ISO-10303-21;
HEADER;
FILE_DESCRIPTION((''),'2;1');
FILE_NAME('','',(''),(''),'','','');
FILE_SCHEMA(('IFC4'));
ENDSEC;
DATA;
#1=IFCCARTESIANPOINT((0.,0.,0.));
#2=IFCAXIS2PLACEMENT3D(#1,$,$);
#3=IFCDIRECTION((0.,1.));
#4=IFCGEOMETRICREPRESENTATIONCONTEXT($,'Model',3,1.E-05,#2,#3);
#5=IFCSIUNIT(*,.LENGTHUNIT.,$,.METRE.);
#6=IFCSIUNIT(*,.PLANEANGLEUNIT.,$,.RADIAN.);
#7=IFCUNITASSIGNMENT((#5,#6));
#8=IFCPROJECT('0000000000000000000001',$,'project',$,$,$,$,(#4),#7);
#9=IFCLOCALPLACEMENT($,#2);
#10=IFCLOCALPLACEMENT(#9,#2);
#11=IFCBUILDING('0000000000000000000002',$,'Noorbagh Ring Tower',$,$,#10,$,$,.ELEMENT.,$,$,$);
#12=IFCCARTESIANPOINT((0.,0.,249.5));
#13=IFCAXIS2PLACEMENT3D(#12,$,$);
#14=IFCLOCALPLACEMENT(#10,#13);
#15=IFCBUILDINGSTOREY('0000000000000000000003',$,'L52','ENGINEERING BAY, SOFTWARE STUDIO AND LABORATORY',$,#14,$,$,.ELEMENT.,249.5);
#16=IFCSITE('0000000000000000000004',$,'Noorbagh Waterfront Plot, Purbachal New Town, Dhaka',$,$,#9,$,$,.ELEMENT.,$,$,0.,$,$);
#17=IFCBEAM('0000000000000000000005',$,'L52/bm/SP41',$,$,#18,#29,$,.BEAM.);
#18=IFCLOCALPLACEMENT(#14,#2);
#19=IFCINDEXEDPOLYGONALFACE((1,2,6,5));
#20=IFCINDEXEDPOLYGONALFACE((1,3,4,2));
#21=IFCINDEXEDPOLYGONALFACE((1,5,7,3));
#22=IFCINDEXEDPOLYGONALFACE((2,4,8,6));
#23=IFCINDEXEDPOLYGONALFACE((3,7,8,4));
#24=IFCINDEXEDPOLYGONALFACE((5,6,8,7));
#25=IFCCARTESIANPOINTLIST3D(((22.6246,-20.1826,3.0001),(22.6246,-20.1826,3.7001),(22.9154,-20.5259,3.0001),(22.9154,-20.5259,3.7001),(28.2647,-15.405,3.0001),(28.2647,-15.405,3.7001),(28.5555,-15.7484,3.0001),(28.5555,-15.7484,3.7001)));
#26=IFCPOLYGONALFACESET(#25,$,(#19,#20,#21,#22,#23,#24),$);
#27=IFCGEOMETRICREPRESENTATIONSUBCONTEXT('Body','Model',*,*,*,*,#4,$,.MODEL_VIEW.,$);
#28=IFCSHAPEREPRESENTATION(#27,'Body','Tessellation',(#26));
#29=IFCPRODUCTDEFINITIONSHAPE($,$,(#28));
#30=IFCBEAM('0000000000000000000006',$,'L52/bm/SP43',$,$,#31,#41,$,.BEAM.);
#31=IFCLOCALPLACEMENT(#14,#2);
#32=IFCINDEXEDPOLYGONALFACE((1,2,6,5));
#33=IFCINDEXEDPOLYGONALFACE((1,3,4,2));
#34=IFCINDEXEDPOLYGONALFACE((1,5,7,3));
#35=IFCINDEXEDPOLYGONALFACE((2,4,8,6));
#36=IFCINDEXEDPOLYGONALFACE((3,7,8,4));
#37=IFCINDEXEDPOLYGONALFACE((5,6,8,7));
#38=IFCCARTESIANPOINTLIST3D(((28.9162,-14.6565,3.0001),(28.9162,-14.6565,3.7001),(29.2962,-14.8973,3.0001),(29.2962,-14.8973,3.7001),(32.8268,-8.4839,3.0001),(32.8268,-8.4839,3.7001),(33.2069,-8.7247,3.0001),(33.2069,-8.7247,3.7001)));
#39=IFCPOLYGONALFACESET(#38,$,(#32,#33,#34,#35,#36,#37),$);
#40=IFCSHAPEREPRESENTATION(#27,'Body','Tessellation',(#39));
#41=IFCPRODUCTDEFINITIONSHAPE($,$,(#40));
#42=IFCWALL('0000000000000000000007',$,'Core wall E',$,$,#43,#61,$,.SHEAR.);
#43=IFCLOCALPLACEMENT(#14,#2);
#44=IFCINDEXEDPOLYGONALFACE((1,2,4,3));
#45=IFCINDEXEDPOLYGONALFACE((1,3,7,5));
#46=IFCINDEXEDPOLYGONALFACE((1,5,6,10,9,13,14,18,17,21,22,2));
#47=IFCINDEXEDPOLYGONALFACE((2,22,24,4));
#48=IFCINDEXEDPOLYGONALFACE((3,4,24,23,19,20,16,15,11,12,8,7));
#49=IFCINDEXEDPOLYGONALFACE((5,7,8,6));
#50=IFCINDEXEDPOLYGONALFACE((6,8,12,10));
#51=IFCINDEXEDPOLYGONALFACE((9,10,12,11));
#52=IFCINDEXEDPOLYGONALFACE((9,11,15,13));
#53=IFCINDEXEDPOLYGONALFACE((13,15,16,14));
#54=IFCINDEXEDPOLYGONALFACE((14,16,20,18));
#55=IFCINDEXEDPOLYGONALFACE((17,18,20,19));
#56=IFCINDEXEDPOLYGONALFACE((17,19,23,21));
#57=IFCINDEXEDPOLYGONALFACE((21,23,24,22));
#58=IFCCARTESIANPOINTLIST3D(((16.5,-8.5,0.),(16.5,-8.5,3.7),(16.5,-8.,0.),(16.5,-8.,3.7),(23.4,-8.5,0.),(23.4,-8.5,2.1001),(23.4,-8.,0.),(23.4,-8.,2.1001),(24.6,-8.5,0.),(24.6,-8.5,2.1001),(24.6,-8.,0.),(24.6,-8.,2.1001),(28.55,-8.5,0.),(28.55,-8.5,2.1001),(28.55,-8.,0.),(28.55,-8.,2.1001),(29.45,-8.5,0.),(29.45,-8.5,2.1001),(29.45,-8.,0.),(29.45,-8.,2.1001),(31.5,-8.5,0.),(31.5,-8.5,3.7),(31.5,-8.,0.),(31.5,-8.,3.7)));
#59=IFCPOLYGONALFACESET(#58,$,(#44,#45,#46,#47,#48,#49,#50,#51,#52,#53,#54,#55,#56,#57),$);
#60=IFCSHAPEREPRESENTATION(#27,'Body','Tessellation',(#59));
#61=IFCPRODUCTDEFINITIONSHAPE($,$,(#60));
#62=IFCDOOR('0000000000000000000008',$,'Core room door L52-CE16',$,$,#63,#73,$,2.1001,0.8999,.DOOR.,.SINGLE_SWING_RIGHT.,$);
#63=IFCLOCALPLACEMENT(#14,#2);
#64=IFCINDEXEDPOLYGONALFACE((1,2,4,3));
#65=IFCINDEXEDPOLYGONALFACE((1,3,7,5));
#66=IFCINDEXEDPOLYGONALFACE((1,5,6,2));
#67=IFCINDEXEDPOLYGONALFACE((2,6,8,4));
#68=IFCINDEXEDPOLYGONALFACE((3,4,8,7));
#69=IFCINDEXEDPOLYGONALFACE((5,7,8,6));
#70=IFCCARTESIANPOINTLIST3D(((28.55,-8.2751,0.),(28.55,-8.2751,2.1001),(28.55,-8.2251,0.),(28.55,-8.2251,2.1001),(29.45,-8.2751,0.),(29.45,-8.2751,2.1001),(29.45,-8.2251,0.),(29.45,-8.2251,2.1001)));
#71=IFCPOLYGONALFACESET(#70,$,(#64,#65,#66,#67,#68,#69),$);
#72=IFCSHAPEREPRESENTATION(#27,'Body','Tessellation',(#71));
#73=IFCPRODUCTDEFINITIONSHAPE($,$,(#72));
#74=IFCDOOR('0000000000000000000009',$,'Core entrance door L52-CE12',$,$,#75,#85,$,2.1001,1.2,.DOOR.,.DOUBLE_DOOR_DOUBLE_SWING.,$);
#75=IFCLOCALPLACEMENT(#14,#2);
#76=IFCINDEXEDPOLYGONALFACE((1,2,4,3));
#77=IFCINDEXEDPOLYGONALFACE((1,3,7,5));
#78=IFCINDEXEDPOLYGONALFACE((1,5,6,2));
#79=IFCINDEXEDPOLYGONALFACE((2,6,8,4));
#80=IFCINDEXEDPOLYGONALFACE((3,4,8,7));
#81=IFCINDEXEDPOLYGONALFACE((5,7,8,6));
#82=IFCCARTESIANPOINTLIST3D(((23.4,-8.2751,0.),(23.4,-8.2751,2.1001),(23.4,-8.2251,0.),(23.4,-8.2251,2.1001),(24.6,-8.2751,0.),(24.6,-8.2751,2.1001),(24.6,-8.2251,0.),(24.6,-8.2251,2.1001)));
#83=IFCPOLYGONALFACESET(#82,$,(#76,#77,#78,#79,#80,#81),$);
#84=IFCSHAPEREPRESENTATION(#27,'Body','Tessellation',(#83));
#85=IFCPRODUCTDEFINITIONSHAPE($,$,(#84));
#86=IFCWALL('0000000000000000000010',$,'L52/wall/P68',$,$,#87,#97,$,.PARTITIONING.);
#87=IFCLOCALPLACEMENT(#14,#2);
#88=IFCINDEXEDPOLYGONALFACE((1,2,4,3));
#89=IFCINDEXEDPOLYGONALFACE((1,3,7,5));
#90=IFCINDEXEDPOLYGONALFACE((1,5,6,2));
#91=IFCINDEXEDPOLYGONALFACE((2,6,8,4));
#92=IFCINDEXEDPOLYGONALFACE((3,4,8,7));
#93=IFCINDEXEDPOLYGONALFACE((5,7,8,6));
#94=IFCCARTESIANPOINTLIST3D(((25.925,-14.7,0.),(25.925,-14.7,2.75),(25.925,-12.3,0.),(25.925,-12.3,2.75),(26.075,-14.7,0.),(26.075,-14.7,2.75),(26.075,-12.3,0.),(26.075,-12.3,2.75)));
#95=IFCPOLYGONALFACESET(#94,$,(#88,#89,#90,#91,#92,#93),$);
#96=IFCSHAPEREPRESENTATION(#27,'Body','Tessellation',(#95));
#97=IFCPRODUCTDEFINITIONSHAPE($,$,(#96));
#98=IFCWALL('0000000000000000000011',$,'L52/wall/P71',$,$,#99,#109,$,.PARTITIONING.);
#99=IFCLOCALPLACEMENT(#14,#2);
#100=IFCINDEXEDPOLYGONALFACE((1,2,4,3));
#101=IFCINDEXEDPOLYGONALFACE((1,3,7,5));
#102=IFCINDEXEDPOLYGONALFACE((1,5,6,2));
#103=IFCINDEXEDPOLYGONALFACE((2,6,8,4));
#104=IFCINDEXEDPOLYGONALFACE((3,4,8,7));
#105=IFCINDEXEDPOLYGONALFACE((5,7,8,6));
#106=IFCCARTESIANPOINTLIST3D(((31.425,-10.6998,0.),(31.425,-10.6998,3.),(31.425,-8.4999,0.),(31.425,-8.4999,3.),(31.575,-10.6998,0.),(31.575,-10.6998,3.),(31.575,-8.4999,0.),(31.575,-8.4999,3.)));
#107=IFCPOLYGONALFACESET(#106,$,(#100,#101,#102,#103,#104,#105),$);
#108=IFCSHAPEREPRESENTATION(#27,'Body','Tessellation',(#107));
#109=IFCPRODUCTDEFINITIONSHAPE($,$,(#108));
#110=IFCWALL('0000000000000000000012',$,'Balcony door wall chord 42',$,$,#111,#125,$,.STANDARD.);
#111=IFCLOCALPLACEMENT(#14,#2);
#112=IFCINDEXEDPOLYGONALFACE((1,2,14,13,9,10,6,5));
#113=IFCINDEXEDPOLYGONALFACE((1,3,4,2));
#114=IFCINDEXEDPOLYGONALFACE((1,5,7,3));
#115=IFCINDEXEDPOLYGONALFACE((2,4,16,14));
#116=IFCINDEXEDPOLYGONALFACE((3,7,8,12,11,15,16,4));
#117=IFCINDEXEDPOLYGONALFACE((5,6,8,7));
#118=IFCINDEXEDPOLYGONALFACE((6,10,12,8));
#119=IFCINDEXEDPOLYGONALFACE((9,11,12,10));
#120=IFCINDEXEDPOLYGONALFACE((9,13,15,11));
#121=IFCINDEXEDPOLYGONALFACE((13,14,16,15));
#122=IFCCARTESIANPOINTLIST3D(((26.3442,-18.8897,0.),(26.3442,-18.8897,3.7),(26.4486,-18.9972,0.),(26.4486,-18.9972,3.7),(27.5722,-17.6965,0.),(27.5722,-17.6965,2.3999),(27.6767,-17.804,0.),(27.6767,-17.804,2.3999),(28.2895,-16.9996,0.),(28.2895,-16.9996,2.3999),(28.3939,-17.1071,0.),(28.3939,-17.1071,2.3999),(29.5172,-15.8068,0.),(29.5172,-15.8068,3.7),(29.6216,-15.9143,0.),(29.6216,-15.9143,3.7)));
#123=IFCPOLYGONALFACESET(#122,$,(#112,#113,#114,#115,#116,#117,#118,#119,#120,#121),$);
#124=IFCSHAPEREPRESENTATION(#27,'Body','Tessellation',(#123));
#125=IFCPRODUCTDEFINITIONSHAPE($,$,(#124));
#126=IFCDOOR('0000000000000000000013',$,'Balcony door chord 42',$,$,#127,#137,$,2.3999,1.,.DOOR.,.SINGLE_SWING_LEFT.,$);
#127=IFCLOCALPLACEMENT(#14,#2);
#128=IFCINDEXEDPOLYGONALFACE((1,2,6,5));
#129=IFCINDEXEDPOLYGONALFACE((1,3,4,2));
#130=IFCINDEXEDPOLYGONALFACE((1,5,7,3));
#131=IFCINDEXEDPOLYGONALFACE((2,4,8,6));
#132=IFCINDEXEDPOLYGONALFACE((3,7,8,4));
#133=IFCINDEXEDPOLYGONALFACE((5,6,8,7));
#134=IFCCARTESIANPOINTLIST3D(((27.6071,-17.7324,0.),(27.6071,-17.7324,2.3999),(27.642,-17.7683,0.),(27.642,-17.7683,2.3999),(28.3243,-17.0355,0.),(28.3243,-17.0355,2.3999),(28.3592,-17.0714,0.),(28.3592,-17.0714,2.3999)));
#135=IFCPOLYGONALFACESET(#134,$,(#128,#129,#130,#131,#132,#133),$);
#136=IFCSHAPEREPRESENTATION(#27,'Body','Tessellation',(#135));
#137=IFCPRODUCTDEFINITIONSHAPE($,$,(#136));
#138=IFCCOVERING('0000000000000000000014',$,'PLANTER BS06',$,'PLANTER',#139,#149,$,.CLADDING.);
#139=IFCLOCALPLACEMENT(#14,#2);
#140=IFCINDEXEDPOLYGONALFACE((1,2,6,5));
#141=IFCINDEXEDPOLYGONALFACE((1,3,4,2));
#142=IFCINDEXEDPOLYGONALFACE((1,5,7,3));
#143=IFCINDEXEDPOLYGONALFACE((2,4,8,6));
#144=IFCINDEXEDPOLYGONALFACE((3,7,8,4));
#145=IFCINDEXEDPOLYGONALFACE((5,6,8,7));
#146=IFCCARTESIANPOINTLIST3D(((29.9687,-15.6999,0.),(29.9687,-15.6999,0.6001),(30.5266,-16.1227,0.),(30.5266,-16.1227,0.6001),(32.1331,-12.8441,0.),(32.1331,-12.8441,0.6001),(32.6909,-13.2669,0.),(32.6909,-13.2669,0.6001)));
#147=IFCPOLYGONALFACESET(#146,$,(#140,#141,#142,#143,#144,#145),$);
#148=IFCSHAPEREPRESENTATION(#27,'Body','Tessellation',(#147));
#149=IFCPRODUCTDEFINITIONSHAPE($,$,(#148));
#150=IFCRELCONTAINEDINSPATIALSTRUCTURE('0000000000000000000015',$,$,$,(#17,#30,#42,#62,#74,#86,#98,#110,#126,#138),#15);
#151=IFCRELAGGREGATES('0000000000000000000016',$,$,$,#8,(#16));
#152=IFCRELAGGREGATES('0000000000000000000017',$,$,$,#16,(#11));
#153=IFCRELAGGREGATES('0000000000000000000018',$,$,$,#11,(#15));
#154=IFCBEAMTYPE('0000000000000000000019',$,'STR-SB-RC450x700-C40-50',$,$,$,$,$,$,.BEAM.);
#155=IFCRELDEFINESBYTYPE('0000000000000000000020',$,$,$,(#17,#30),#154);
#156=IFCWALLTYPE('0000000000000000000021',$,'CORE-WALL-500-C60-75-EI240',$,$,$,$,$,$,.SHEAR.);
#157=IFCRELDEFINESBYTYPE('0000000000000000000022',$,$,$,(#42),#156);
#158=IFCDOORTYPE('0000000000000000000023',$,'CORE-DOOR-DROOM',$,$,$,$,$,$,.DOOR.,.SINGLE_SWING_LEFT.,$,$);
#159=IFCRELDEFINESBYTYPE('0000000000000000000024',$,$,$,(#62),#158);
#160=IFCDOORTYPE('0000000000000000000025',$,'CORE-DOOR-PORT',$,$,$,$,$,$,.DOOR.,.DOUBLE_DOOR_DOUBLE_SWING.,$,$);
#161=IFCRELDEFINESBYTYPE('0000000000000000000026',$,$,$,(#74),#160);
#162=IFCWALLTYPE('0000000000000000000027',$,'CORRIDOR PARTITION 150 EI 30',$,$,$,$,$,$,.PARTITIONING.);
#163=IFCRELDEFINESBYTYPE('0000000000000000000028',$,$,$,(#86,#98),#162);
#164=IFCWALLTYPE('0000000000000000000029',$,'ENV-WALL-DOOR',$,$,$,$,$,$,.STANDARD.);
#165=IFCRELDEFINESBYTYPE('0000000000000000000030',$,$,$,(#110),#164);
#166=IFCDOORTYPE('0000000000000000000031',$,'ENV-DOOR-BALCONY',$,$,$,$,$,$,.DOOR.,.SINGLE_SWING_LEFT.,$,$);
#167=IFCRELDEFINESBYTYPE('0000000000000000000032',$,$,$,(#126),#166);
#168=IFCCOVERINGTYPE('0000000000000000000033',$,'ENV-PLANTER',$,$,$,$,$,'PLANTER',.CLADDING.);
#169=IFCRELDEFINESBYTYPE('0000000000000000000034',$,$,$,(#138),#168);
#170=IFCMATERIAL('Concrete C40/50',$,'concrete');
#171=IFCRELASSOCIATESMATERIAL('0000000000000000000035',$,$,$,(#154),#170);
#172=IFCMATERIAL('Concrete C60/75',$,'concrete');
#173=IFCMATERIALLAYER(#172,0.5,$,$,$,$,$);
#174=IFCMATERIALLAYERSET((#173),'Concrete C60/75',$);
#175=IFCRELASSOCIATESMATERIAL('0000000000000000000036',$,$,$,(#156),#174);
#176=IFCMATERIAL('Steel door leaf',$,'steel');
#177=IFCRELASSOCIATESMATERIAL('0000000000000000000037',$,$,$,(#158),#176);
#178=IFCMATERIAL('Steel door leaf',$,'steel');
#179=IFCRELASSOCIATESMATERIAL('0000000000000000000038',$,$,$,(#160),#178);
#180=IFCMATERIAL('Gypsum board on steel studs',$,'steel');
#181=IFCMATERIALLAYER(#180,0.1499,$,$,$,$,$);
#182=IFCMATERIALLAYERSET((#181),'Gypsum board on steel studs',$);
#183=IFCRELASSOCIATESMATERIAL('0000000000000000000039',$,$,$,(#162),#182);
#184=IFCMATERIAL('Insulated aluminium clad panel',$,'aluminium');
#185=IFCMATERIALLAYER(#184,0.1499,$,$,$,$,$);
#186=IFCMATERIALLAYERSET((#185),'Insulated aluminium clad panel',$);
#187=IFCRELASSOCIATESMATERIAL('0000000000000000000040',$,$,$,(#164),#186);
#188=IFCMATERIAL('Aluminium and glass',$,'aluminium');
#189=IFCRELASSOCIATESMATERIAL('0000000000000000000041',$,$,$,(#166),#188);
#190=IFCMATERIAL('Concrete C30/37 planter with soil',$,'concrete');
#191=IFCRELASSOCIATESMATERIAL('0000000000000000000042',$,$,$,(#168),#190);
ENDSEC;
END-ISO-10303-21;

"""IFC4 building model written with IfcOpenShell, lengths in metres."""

from ifc_helpers import new_model, si_unit, direction, frame, frame_2d, origin, origin_2d, place, context, subcontext, project, spatial, rectangle, extrude, material, layer, layer_set, material_profile, profile_set, type_object, element, fill, save


model = new_model("IFC4")

# Units and contexts
model_context = context("Model", 3, precision=1e-05, world=origin(), true_north=direction((0.0, 1.0)))
body_context = subcontext(model_context, "Body", "Model", "MODEL_VIEW")
ifc_project = project(units=[si_unit("LENGTHUNIT", "METRE"), si_unit("PLANEANGLEUNIT", "RADIAN")], contexts=[model_context])

# Site, building, storey
site_placement = place(None, origin())
site = spatial("IfcSite", under=ifc_project, at=site_placement, Name="Noorbagh Waterfront Plot, Purbachal New Town, Dhaka", CompositionType="ELEMENT", RefElevation=0.0)
building_placement = place(site_placement, origin())
building = spatial("IfcBuilding", under=site, at=building_placement, Name="Noorbagh Ring Tower", CompositionType="ELEMENT")
storey_placement = place(building_placement, frame((0.0, 0.0, 249.5)))
storey = spatial("IfcBuildingStorey", under=building, at=storey_placement, Name="L52", Description="ENGINEERING BAY, SOFTWARE STUDIO AND LABORATORY", CompositionType="ELEMENT", Elevation=249.5)

# Beams
ifc_material_1 = material(Name="Concrete C40/50", Category="concrete")
ifc_material_profile_1 = material_profile(ifc_material_1, rectangle(XDim=0.45, YDim=0.7, at=origin_2d()), Name="RC450x700")
ifc_profile_set_1 = profile_set([ifc_material_profile_1], Name="Concrete C40/50")
beam_type_1 = type_object("IfcBeamType", Name="STR-SB-RC450x700-C40-50", PredefinedType="BEAM", material=ifc_profile_set_1)
beam_1_placement = place(storey_placement, frame((22.77, -20.3542, 3.3501), z_axis=(0.763042, 0.646349, 0.0), x_axis=(-0.646349, 0.763042, 0.0)))
element("IfcBeam", 1, at=beam_1_placement, inside=storey, type_object=beam_type_1, Name="L52/bm/SP41", PredefinedType="BEAM", context=body_context, shape_type="SweptSolid", body=[
    extrude(rectangle(XDim=0.45, YDim=0.7, at=origin_2d()), origin(), (0.0, 0.0, 1.0), 7.3916),
])
beam_2_placement = place(storey_placement, frame((29.1062, -14.7769, 3.3501), z_axis=(0.535182, 0.844737, 0.0), x_axis=(-0.844737, 0.535182, 0.0)))
element("IfcBeam", 2, at=beam_2_placement, inside=storey, type_object=beam_type_1, Name="L52/bm/SP43", PredefinedType="BEAM", context=body_context, shape_type="SweptSolid", body=[
    extrude(rectangle(XDim=0.45, YDim=0.7, at=origin_2d()), origin(), (0.0, 0.0, 1.0), 7.3071),
])

# Wall, openings, doors
ifc_material_2 = material(Name="Concrete C60/75", Category="concrete")
ifc_layer_1 = layer(ifc_material_2, 0.5)
ifc_layer_set_1 = layer_set([ifc_layer_1], Name="Concrete C60/75")
wall_type_1 = type_object("IfcWallType", Name="CORE-WALL-500-C60-75-EI240", PredefinedType="SHEAR", material=ifc_layer_set_1)
wall_1_placement = place(storey_placement, frame((16.5, -8.25, 0.0), z_axis=(0.0, 0.0, 1.0), x_axis=(1.0, 0.0, 0.0)))
wall_1 = element("IfcWall", 3, at=wall_1_placement, inside=storey, type_object=wall_type_1, Name="Core wall E", PredefinedType="SHEAR", context=body_context, shape_type="SweptSolid", body=[
    extrude(rectangle(XDim=15.0, YDim=0.5, at=frame_2d((7.5, 0.0))), origin(), (0.0, 0.0, 1.0), 3.7),
])
opening_1_placement = place(wall_1_placement, frame((6.8999, 0.0, 0.0)))
opening_1 = element("IfcOpeningElement", 4, at=opening_1_placement, cuts=wall_1, PredefinedType="OPENING", context=body_context, shape_type="SweptSolid", body=[
    extrude(rectangle(XDim=1.2, YDim=2.1001, at=frame_2d((0.6001, 1.05))), frame((0.0, 0.26, 0.0), z_axis=(0.0, -1.0, 0.0), x_axis=(1.0, 0.0, 0.0)), (0.0, 0.0, 1.0), 0.52),
])
opening_2_placement = place(wall_1_placement, frame((12.05, 0.0, 0.0)))
opening_2 = element("IfcOpeningElement", 5, at=opening_2_placement, cuts=wall_1, PredefinedType="OPENING", context=body_context, shape_type="SweptSolid", body=[
    extrude(rectangle(XDim=0.8999, YDim=2.1001, at=frame_2d((0.45, 1.05))), frame((0.0, 0.26, 0.0), z_axis=(0.0, -1.0, 0.0), x_axis=(1.0, 0.0, 0.0)), (0.0, 0.0, 1.0), 0.52),
])
ifc_material_3 = material(Name="Steel door leaf", Category="steel")
door_type_1 = type_object("IfcDoorType", Name="CORE-DOOR-DROOM", OperationType="SINGLE_SWING_LEFT", PredefinedType="DOOR", material=ifc_material_3)
door_1_placement = place(opening_2_placement, origin())
door_1 = element("IfcDoor", 6, at=door_1_placement, inside=storey, type_object=door_type_1, Name="Core room door L52-CE16", OperationType="SINGLE_SWING_RIGHT", OverallHeight=2.1001, OverallWidth=0.8999, PredefinedType="DOOR", context=body_context, shape_type="SweptSolid", body=[
    extrude(rectangle(XDim=0.8999, YDim=2.1001, at=frame_2d((0.45, 1.05))), frame((0.0, 0.0249, 0.0), z_axis=(0.0, -1.0, 0.0), x_axis=(1.0, 0.0, 0.0)), (0.0, 0.0, 1.0), 0.05),
])
fill(opening_2, door_1)
ifc_material_4 = material(Name="Steel door leaf", Category="steel")
door_type_2 = type_object("IfcDoorType", Name="CORE-DOOR-PORT", OperationType="DOUBLE_DOOR_DOUBLE_SWING", PredefinedType="DOOR", material=ifc_material_4)
door_2_placement = place(opening_1_placement, origin())
door_2 = element("IfcDoor", 7, at=door_2_placement, inside=storey, type_object=door_type_2, Name="Core entrance door L52-CE12", OperationType="DOUBLE_DOOR_DOUBLE_SWING", OverallHeight=2.1001, OverallWidth=1.2, PredefinedType="DOOR", context=body_context, shape_type="SweptSolid", body=[
    extrude(rectangle(XDim=1.2, YDim=2.1001, at=frame_2d((0.6001, 1.05))), frame((0.0, 0.0249, 0.0), z_axis=(0.0, -1.0, 0.0), x_axis=(1.0, 0.0, 0.0)), (0.0, 0.0, 1.0), 0.05),
])
fill(opening_1, door_2)

# Walls
ifc_material_5 = material(Name="Gypsum board on steel studs", Category="steel")
ifc_layer_2 = layer(ifc_material_5, 0.1499)
ifc_layer_set_2 = layer_set([ifc_layer_2], Name="Gypsum board on steel studs")
wall_type_2 = type_object("IfcWallType", Name="CORRIDOR PARTITION 150 EI 30", PredefinedType="PARTITIONING", material=ifc_layer_set_2)
wall_2_placement = place(storey_placement, frame((26.0, -14.7, 0.0), z_axis=(0.0, 0.0, 1.0), x_axis=(0.0, 1.0, 0.0)))
element("IfcWall", 8, at=wall_2_placement, inside=storey, type_object=wall_type_2, Name="L52/wall/P68", PredefinedType="PARTITIONING", context=body_context, shape_type="SweptSolid", body=[
    extrude(rectangle(XDim=2.3999, YDim=0.1499, at=frame_2d((1.2, 0.0))), origin(), (0.0, 0.0, 1.0), 2.75),
])
wall_3_placement = place(storey_placement, frame((31.5, -10.7, 0.0), z_axis=(0.0, 0.0, 1.0), x_axis=(0.0, 1.0, 0.0)))
element("IfcWall", 9, at=wall_3_placement, inside=storey, type_object=wall_type_2, Name="L52/wall/P71", PredefinedType="PARTITIONING", context=body_context, shape_type="SweptSolid", body=[
    extrude(rectangle(XDim=2.2, YDim=0.1499, at=frame_2d((1.1001, 0.0))), origin(), (0.0, 0.0, 1.0), 3.0),
])

# Wall, opening, door
ifc_material_6 = material(Name="Insulated aluminium clad panel", Category="aluminium")
ifc_layer_3 = layer(ifc_material_6, 0.1499)
ifc_layer_set_3 = layer_set([ifc_layer_3], Name="Insulated aluminium clad panel")
wall_type_3 = type_object("IfcWallType", Name="ENV-WALL-DOOR", PredefinedType="STANDARD", material=ifc_layer_set_3)
wall_4_placement = place(storey_placement, frame((26.3965, -18.9434, 0.0), z_axis=(0.0, 0.0, 1.0), x_axis=(0.717215, 0.696852, 0.0)))
wall_4 = element("IfcWall", 10, at=wall_4_placement, inside=storey, type_object=wall_type_3, Name="Balcony door wall chord 42", PredefinedType="STANDARD", context=body_context, shape_type="SweptSolid", body=[
    extrude(rectangle(XDim=4.4241, YDim=0.1499, at=frame_2d((2.2119, 0.0))), origin(), (0.0, 0.0, 1.0), 3.7),
])
opening_3_placement = place(wall_4_placement, frame((1.7122, 0.0, 0.0)))
opening_3 = element("IfcOpeningElement", 11, at=opening_3_placement, cuts=wall_4, PredefinedType="OPENING", context=body_context, shape_type="SweptSolid", body=[
    extrude(rectangle(XDim=1.0, YDim=2.3999, at=frame_2d((0.5, 1.2))), frame((0.0, 0.085, 0.0), z_axis=(0.0, -1.0, 0.0), x_axis=(1.0, 0.0, 0.0)), (0.0, 0.0, 1.0), 0.1699),
])
ifc_material_7 = material(Name="Aluminium and glass", Category="aluminium")
door_type_3 = type_object("IfcDoorType", Name="ENV-DOOR-BALCONY", OperationType="SINGLE_SWING_LEFT", PredefinedType="DOOR", material=ifc_material_7)
door_3_placement = place(opening_3_placement, origin())
door_3 = element("IfcDoor", 12, at=door_3_placement, inside=storey, type_object=door_type_3, Name="Balcony door chord 42", OperationType="SINGLE_SWING_LEFT", OverallHeight=2.3999, OverallWidth=1.0, PredefinedType="DOOR", context=body_context, shape_type="SweptSolid", body=[
    extrude(rectangle(XDim=1.0, YDim=2.3999, at=frame_2d((0.5, 1.2))), frame((0.0, 0.0249, 0.0), z_axis=(0.0, -1.0, 0.0), x_axis=(1.0, 0.0, 0.0)), (0.0, 0.0, 1.0), 0.05),
])
fill(opening_3, door_3)

# Covering
ifc_material_8 = material(Name="Concrete C30/37 planter with soil", Category="concrete")
covering_type = type_object("IfcCoveringType", Name="ENV-PLANTER", ElementType="PLANTER", PredefinedType="CLADDING", material=ifc_material_8)
covering_placement = place(storey_placement, frame((31.3298, -14.4834, 0.0), z_axis=(0.0, 0.0, 1.0), x_axis=(0.60402, 0.796969, 0.0)))
element("IfcCovering", 13, at=covering_placement, inside=storey, type_object=covering_type, Name="PLANTER BS06", ObjectType="PLANTER", PredefinedType="CLADDING", context=body_context, shape_type="SweptSolid", body=[
    extrude(rectangle(XDim=3.5833, YDim=0.7, at=origin_2d()), origin(), (0.0, 0.0, 1.0), 0.6001),
])

save(model, "model.ifc")
